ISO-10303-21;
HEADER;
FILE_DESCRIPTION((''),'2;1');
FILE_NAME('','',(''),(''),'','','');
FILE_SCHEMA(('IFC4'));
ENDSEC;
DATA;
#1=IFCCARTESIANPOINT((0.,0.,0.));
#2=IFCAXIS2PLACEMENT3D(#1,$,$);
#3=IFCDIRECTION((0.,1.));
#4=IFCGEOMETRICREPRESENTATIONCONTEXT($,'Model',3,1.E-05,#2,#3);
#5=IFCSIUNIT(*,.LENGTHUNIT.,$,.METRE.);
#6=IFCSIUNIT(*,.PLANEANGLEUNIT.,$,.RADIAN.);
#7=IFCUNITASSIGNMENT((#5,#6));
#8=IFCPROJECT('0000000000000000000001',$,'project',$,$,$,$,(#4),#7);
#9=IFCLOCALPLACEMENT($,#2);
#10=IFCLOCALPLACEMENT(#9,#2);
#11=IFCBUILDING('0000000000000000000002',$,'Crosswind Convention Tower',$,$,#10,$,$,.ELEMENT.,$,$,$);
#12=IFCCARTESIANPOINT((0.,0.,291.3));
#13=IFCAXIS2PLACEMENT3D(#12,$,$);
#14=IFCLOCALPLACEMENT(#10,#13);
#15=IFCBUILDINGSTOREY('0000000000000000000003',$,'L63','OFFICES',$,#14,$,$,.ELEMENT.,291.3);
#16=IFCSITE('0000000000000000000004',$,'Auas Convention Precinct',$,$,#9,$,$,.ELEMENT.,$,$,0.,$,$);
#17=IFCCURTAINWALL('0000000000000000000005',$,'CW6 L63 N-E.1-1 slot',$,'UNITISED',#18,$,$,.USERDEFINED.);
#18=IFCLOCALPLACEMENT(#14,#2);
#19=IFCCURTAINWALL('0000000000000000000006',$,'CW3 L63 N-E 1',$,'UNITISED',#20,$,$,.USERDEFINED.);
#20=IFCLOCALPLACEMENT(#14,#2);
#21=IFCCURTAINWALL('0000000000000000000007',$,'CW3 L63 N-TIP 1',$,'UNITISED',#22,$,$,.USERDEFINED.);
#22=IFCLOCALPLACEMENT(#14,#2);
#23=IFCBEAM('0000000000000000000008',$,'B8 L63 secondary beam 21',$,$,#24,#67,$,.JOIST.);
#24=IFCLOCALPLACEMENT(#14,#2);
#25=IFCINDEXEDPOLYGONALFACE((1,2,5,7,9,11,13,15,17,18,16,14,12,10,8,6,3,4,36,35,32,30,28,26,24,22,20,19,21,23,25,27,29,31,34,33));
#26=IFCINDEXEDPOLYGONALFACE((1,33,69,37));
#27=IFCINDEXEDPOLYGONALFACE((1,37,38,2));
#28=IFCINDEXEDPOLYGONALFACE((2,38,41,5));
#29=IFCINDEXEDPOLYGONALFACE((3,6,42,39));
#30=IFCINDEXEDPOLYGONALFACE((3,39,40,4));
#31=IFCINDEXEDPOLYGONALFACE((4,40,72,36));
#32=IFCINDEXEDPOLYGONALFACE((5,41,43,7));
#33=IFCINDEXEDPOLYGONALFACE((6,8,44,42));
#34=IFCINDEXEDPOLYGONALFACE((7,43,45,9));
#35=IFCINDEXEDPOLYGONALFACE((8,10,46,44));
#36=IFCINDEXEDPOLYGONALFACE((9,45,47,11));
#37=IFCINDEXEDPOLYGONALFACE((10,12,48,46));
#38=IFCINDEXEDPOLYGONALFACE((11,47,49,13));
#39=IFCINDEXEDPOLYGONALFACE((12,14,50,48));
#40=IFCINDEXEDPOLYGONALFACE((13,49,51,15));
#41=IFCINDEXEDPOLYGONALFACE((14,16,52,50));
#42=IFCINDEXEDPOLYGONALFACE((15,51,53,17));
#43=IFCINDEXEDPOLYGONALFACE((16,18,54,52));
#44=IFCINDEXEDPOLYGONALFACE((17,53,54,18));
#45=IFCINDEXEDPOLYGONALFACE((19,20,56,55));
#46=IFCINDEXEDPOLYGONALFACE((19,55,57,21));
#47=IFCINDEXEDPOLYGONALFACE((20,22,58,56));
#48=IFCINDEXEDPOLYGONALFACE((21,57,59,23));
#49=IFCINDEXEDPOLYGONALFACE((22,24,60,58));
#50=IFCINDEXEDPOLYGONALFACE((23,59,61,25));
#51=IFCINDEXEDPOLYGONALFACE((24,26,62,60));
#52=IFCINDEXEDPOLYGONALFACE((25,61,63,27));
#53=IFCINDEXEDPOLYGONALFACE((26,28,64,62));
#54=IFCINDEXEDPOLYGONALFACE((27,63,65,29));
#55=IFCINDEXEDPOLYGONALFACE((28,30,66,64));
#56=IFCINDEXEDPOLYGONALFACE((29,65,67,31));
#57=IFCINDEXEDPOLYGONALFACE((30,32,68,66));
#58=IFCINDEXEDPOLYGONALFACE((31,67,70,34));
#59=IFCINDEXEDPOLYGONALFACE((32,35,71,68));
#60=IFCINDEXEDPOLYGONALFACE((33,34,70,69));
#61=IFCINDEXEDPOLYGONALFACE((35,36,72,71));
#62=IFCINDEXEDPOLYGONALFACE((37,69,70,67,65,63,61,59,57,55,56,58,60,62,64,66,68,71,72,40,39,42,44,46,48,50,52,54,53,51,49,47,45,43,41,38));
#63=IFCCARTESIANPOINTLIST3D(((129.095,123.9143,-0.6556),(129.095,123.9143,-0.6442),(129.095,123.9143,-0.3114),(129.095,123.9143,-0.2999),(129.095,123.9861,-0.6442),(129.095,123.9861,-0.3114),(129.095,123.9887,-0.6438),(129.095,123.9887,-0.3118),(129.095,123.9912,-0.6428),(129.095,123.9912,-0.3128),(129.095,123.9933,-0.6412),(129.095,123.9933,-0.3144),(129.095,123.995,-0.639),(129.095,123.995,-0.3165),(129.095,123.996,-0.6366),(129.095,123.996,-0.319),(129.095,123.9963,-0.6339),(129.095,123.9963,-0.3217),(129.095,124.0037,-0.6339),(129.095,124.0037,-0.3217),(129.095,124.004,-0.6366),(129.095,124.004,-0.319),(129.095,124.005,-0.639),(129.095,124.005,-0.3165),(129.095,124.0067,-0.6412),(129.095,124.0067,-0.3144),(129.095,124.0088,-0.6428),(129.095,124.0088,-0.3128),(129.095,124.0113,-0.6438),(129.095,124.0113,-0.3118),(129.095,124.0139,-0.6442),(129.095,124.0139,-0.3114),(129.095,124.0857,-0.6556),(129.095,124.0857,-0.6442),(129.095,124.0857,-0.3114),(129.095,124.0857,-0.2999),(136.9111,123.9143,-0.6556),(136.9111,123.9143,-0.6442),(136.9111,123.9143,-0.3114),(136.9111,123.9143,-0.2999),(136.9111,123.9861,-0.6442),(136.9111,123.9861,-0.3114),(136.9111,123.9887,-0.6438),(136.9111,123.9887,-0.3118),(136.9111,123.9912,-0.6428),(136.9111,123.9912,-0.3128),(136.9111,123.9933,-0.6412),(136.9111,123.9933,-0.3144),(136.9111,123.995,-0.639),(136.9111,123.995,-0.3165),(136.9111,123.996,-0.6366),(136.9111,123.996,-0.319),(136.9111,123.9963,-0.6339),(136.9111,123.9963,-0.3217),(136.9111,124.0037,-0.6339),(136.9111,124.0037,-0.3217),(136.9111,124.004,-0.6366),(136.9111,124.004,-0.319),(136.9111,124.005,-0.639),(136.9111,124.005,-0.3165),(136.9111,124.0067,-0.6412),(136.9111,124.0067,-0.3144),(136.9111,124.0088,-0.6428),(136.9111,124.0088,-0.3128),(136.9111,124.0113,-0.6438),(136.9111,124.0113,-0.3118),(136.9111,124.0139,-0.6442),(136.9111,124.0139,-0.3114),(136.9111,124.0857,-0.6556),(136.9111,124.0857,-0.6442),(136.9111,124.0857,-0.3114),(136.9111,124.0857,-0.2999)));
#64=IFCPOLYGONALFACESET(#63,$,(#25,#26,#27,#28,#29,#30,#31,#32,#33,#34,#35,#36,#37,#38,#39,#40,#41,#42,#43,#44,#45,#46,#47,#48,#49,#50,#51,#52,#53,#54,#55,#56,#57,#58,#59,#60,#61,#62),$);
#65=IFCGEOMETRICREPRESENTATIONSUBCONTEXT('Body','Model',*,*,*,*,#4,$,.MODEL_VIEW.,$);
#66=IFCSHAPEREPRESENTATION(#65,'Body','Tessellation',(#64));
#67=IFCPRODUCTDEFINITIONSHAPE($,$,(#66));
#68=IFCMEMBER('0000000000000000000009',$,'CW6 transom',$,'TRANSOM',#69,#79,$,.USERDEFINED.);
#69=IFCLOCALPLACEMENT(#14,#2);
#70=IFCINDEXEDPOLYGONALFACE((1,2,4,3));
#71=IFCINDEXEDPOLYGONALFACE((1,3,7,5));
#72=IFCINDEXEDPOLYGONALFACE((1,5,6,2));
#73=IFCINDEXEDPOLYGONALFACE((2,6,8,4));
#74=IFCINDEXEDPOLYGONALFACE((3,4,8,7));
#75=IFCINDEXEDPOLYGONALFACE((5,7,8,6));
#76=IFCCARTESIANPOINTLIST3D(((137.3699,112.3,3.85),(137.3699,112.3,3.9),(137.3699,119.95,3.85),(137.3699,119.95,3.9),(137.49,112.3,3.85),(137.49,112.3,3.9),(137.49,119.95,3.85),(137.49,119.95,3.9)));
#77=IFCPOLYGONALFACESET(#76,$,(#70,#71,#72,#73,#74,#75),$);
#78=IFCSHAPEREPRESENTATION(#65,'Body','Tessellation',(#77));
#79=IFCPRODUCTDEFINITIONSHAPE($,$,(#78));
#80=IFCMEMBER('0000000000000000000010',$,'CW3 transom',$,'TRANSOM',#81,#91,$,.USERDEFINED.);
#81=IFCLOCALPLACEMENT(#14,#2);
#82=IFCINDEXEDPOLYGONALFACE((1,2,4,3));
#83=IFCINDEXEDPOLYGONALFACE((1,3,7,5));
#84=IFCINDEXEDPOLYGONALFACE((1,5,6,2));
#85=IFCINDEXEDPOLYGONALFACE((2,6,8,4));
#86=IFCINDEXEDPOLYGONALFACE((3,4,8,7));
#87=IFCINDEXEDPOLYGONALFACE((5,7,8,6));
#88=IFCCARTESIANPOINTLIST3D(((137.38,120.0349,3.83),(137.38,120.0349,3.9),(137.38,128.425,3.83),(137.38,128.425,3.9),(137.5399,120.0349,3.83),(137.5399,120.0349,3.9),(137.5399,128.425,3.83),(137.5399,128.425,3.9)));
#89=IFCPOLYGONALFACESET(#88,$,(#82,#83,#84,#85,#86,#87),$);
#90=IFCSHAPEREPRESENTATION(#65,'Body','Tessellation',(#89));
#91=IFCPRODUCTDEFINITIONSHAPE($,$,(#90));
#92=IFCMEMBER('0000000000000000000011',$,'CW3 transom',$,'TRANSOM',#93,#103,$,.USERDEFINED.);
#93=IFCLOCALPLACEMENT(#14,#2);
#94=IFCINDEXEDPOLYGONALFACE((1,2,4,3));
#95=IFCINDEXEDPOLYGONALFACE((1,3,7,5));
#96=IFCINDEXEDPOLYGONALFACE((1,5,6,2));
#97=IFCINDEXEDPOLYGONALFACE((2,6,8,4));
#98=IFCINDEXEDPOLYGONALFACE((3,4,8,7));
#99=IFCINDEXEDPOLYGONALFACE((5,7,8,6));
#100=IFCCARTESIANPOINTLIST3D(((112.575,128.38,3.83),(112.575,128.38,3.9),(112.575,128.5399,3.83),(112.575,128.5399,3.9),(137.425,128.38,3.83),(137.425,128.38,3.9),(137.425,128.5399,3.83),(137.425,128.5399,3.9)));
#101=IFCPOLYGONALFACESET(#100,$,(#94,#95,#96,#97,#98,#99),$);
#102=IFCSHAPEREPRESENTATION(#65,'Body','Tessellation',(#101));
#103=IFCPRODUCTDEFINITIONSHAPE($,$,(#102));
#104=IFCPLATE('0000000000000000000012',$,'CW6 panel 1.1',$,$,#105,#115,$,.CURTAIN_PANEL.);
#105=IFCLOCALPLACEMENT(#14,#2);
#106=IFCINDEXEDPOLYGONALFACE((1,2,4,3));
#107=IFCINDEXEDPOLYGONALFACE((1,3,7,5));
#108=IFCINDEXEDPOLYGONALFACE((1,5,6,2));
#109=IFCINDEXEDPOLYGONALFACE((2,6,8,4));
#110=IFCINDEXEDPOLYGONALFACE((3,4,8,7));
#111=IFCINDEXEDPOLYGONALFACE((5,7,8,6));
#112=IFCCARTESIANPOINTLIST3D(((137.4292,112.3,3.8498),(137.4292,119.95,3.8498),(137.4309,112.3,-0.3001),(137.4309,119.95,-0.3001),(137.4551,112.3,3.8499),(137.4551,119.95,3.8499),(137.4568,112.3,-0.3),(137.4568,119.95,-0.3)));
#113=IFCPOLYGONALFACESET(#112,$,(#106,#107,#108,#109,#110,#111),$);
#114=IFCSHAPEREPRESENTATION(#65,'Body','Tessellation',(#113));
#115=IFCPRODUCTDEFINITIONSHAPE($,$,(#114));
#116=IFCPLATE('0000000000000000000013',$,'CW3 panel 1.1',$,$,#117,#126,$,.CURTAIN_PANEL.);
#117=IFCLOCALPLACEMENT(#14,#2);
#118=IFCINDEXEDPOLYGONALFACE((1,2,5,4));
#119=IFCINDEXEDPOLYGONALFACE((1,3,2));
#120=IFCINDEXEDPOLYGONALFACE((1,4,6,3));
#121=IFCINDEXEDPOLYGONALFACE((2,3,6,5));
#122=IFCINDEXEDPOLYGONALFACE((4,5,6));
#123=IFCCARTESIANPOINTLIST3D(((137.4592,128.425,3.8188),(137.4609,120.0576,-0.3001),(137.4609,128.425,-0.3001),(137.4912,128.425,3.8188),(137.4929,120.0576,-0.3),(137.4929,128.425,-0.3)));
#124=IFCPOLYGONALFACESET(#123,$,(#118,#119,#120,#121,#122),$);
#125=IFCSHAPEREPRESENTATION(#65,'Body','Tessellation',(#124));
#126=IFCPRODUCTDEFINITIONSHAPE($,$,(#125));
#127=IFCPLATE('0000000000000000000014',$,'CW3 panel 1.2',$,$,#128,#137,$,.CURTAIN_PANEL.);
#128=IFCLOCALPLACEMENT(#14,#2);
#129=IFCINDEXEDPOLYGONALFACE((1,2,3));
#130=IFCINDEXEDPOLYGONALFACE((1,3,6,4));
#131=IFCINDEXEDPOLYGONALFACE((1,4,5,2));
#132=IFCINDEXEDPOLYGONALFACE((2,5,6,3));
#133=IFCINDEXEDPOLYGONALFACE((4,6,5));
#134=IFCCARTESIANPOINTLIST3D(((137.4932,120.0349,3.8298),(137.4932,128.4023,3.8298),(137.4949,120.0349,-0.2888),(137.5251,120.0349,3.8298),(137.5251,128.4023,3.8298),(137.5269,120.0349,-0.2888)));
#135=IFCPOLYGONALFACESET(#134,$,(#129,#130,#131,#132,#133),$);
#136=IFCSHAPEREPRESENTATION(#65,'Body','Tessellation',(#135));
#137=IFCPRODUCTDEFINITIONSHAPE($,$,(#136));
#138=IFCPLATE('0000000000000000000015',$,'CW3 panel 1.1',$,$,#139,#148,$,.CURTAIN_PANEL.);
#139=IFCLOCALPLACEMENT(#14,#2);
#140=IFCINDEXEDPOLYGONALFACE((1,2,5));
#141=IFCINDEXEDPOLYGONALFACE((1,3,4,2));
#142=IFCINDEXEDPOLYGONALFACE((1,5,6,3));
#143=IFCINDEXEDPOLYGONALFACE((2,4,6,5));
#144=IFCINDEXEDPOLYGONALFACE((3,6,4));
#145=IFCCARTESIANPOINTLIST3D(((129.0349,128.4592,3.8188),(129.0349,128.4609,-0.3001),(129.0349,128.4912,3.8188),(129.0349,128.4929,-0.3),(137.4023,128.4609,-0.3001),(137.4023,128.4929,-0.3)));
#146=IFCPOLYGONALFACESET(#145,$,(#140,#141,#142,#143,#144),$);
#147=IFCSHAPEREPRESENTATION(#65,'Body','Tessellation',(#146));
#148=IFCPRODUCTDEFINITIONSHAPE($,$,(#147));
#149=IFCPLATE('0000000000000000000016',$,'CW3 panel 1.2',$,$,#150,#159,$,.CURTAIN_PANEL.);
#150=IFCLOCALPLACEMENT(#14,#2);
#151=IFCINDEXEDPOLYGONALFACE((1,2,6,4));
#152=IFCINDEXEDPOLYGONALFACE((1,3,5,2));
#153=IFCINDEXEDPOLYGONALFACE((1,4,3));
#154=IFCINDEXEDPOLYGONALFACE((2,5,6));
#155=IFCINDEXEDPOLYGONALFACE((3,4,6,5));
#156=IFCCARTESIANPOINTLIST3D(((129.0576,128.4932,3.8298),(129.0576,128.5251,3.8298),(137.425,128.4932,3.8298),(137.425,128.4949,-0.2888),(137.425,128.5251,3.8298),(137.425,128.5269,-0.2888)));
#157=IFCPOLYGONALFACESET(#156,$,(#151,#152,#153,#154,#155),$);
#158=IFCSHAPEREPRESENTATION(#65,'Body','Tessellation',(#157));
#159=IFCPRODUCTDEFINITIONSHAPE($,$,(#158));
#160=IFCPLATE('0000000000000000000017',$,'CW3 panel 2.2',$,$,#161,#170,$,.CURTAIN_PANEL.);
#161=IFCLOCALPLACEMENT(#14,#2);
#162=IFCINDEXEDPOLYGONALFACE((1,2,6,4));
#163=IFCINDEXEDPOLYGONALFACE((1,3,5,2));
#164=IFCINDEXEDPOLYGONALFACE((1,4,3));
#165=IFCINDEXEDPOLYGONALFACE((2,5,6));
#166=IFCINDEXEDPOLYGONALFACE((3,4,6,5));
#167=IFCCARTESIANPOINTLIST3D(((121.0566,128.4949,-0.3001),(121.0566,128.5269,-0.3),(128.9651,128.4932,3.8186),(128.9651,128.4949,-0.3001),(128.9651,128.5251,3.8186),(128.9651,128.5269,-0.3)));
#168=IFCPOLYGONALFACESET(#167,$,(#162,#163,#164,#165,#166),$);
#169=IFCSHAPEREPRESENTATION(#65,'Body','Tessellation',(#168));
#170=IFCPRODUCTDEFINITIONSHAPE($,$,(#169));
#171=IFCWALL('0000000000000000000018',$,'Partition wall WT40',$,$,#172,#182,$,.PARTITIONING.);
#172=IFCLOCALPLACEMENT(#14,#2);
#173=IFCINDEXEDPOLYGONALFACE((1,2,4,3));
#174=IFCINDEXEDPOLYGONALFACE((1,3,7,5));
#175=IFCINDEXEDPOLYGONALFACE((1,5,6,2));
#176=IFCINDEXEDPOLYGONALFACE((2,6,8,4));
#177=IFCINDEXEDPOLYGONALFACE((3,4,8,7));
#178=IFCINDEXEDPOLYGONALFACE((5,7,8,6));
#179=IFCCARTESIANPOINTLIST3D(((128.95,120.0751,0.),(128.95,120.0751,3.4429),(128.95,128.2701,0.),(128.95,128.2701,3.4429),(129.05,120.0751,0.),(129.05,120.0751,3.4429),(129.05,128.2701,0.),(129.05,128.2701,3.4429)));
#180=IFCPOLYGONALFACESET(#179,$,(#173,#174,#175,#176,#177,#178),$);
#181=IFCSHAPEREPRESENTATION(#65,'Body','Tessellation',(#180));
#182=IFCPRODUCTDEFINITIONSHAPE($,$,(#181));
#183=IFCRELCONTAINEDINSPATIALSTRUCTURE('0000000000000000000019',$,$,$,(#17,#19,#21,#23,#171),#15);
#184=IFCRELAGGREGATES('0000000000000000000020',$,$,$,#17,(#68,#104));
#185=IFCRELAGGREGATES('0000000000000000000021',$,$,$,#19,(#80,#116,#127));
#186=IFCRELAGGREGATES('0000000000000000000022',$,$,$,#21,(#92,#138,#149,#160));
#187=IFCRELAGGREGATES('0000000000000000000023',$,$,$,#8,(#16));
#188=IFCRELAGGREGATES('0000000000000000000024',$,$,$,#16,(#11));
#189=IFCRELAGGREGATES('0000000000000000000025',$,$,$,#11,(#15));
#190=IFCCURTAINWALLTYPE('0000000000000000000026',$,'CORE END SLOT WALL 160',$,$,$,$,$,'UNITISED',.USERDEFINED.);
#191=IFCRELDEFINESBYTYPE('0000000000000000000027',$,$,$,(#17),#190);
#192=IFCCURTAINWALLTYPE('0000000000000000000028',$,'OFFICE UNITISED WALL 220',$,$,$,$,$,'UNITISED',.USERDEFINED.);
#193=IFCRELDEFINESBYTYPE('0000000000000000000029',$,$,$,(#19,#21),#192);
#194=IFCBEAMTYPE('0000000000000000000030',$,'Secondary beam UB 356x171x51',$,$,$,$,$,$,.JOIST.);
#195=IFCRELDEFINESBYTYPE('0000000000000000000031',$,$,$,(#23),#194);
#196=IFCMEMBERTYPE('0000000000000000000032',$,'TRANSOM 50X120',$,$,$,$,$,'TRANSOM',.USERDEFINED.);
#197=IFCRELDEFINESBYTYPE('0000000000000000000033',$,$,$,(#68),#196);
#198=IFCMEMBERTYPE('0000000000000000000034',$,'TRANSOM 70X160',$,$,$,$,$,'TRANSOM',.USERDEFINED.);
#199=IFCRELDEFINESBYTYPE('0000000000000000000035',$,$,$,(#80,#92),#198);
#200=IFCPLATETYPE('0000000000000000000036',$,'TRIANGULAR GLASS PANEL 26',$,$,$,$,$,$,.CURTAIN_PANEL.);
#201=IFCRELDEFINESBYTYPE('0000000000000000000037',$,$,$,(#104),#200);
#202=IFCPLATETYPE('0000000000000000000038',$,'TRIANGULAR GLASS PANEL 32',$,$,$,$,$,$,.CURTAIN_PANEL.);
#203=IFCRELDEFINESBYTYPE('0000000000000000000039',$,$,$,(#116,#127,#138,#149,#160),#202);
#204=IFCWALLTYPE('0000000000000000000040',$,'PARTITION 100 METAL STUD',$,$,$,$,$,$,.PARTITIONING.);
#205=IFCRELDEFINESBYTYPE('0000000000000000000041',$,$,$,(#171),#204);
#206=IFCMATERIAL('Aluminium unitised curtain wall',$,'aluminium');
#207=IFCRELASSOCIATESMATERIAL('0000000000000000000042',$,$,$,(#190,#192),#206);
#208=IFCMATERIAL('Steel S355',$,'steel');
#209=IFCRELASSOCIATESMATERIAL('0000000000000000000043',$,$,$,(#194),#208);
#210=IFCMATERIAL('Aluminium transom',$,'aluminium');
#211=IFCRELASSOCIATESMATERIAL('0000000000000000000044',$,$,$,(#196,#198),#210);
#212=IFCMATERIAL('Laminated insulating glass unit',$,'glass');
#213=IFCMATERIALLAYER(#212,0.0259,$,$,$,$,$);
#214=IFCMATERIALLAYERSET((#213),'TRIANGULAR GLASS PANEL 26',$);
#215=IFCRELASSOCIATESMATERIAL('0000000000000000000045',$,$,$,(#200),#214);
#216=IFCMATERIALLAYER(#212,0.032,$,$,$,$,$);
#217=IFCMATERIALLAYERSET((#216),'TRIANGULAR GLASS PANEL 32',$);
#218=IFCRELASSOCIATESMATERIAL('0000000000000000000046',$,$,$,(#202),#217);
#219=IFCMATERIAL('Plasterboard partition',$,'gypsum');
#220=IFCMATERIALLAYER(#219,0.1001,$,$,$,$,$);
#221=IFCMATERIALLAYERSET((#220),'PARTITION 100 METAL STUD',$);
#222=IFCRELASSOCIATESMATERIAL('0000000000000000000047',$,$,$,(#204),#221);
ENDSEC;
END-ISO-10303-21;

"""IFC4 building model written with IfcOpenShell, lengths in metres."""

from ifc_helpers import new_model, si_unit, direction, frame, frame_2d, origin, origin_2d, place, context, subcontext, project, spatial, polyline, rectangle, i_section, outline, extrude, material, layer, layer_set, material_profile, profile_set, type_object, element, aggregate, save


model = new_model("IFC4")

# Units and contexts
model_context = context("Model", 3, precision=1e-05, world=origin(), true_north=direction((0.0, 1.0)))
body_context = subcontext(model_context, "Body", "Model", "MODEL_VIEW")
ifc_project = project(units=[si_unit("LENGTHUNIT", "METRE"), si_unit("PLANEANGLEUNIT", "RADIAN")], contexts=[model_context])

# Site, building, storey
site_placement = place(None, origin())
site = spatial("IfcSite", under=ifc_project, at=site_placement, Name="Auas Convention Precinct", CompositionType="ELEMENT", RefElevation=0.0)
building_placement = place(site_placement, origin())
building = spatial("IfcBuilding", under=site, at=building_placement, Name="Crosswind Convention Tower", CompositionType="ELEMENT")
storey_placement = place(building_placement, frame((0.0, 0.0, 291.3)))
storey = spatial("IfcBuildingStorey", under=building, at=storey_placement, Name="L63", Description="OFFICES", CompositionType="ELEMENT", Elevation=291.3)

# Shared definitions
ifc_material_1 = material(Name="Steel S355", Category="steel")

# Curtain walls
ifc_material_2 = material(Name="Aluminium unitised curtain wall", Category="aluminium")
curtain_wall_type_1 = type_object("IfcCurtainWallType", Name="CORE END SLOT WALL 160", ElementType="UNITISED", PredefinedType="USERDEFINED", material=ifc_material_2)
curtain_wall_1_placement = place(storey_placement, origin())
curtain_wall_1 = element("IfcCurtainWall", 1, at=curtain_wall_1_placement, inside=storey, type_object=curtain_wall_type_1, Name="CW6 L63 N-E.1-1 slot", ObjectType="UNITISED", PredefinedType="USERDEFINED")
curtain_wall_type_2 = type_object("IfcCurtainWallType", Name="OFFICE UNITISED WALL 220", ElementType="UNITISED", PredefinedType="USERDEFINED", material=ifc_material_2)
curtain_wall_2_placement = place(storey_placement, origin())
curtain_wall_2 = element("IfcCurtainWall", 2, at=curtain_wall_2_placement, inside=storey, type_object=curtain_wall_type_2, Name="CW3 L63 N-E 1", ObjectType="UNITISED", PredefinedType="USERDEFINED")

# Curtain wall
curtain_wall_3_placement = place(storey_placement, origin())
curtain_wall_3 = element("IfcCurtainWall", 3, at=curtain_wall_3_placement, inside=storey, type_object=curtain_wall_type_2, Name="CW3 L63 N-TIP 1", ObjectType="UNITISED", PredefinedType="USERDEFINED")

# Beam
ifc_material_profile_1 = material_profile(ifc_material_1, i_section(OverallWidth=0.1714, OverallDepth=0.3557, WebThickness=0.0073, FlangeThickness=0.0115, FilletRadius=0.0103, at=origin_2d()), Name="UB 356x171x51")
ifc_profile_set_1 = profile_set([ifc_material_profile_1], Name="Steel S355")
beam_type_1 = type_object("IfcBeamType", Name="Secondary beam UB 356x171x51", PredefinedType="JOIST", material=ifc_profile_set_1)
for number, where, z_axis, x_axis, name in (
    (4, (129.095, 124.0, -0.4778), (1.0, 0.0, 0.0), (0.0, 1.0, 0.0), "B8 L63 secondary beam 21"),
):
    element("IfcBeam", number, at=place(storey_placement, frame(where, z_axis=z_axis, x_axis=x_axis)), inside=storey, type_object=beam_type_1, Name=name, PredefinedType="JOIST", context=body_context, shape_type="SweptSolid", body=[
        extrude(i_section(OverallWidth=0.1714, OverallDepth=0.3557, WebThickness=0.0073, FlangeThickness=0.0115, FilletRadius=0.0103, at=origin_2d()), origin(), (0.0, 0.0, 1.0), 7.8162),
    ])

# Members
ifc_material_3 = material(Name="Aluminium transom", Category="aluminium")
ifc_material_profile_2 = material_profile(ifc_material_3, rectangle(XDim=0.1201, YDim=0.05, at=origin_2d()), Name="AL 120X50")
ifc_profile_set_2 = profile_set([ifc_material_profile_2], Name="Aluminium transom")
member_type_1 = type_object("IfcMemberType", Name="TRANSOM 50X120", ElementType="TRANSOM", PredefinedType="USERDEFINED", material=ifc_profile_set_2)
member_1_placement = place(storey_placement, frame((137.4299, 112.3, 3.875), z_axis=(0.0, 1.0, 0.0), x_axis=(-1.0, 0.0, 0.0)))
member_1 = element("IfcMember", 5, at=member_1_placement, type_object=member_type_1, Name="CW6 transom", ObjectType="TRANSOM", PredefinedType="USERDEFINED", context=body_context, shape_type="SweptSolid", body=[
    extrude(rectangle(XDim=0.1201, YDim=0.05, at=origin_2d()), origin(), (0.0, 0.0, 1.0), 7.6499),
])
ifc_material_profile_3 = material_profile(ifc_material_3, rectangle(XDim=0.1599, YDim=0.0701, at=origin_2d()), Name="AL 160X70")
ifc_profile_set_3 = profile_set([ifc_material_profile_3], Name="Aluminium transom")
member_type_2 = type_object("IfcMemberType", Name="TRANSOM 70X160", ElementType="TRANSOM", PredefinedType="USERDEFINED", material=ifc_profile_set_3)
member_2_placement = place(storey_placement, frame((137.46, 120.0349, 3.865), z_axis=(0.0, 1.0, 0.0), x_axis=(-1.0, 0.0, 0.0)))
member_2 = element("IfcMember", 6, at=member_2_placement, type_object=member_type_2, Name="CW3 transom", ObjectType="TRANSOM", PredefinedType="USERDEFINED", context=body_context, shape_type="SweptSolid", body=[
    extrude(rectangle(XDim=0.1599, YDim=0.0701, at=origin_2d()), origin(), (0.0, 0.0, 1.0), 8.3901),
])
member_3_placement = place(storey_placement, frame((137.425, 128.46, 3.865), z_axis=(-1.0, 0.0, 0.0), x_axis=(0.0, -1.0, 0.0)))
member_3 = element("IfcMember", 7, at=member_3_placement, type_object=member_type_2, Name="CW3 transom", ObjectType="TRANSOM", PredefinedType="USERDEFINED", context=body_context, shape_type="SweptSolid", body=[
    extrude(rectangle(XDim=0.1599, YDim=0.0701, at=origin_2d()), origin(), (0.0, 0.0, 1.0), 24.8501),
])

# Plates
ifc_material_4 = material(Name="Laminated insulating glass unit", Category="glass")
ifc_layer_1 = layer(ifc_material_4, 0.0259)
ifc_layer_set_1 = layer_set([ifc_layer_1], Name="TRIANGULAR GLASS PANEL 26")
plate_type_1 = type_object("IfcPlateType", Name="TRIANGULAR GLASS PANEL 26", PredefinedType="CURTAIN_PANEL", material=ifc_layer_set_1)
plate_1_placement = place(storey_placement, frame((137.4568, 112.3, -0.3), z_axis=(1.0, 0.0, 0.000412), x_axis=(0.0, 1.0, 0.0)))
plate_1 = element("IfcPlate", 8, at=plate_1_placement, type_object=plate_type_1, Name="CW6 panel 1.1", PredefinedType="CURTAIN_PANEL", context=body_context, shape_type="SweptSolid", body=[
    extrude(outline(polyline([(0.0, 0.0), (7.6499, 0.0), (7.6499, 4.1499), (0.0, 4.1499), (0.0, 0.0)])), origin(), (0.0, 0.0, -1.0), 0.0259),
])
aggregate(curtain_wall_1, [member_1, plate_1])
ifc_layer_2 = layer(ifc_material_4, 0.032)
ifc_layer_set_2 = layer_set([ifc_layer_2], Name="TRIANGULAR GLASS PANEL 32")
plate_type_2 = type_object("IfcPlateType", Name="TRIANGULAR GLASS PANEL 32", PredefinedType="CURTAIN_PANEL", material=ifc_layer_set_2)
plate_2_placement = place(storey_placement, frame((137.4929, 128.425, -0.3), z_axis=(1.0, 0.0, 0.000415), x_axis=(-0.000415, 0.0, 1.0)))
plate_2 = element("IfcPlate", 9, at=plate_2_placement, type_object=plate_type_2, Name="CW3 panel 1.1", PredefinedType="CURTAIN_PANEL", context=body_context, shape_type="SweptSolid", body=[
    extrude(outline(polyline([(0.0, 0.0), (4.1189, 0.0), (0.0, 8.3674), (0.0, 0.0)])), origin(), (0.0, 0.0, -1.0), 0.032),
])
plate_3_placement = place(storey_placement, frame((137.5251, 120.0349, 3.8298), z_axis=(1.0, 0.0, 0.000415), x_axis=(0.000415, 0.0, -1.0)))
plate_3 = element("IfcPlate", 10, at=plate_3_placement, type_object=plate_type_2, Name="CW3 panel 1.2", PredefinedType="CURTAIN_PANEL", context=body_context, shape_type="SweptSolid", body=[
    extrude(outline(polyline([(0.0, 0.0), (4.1187, 0.0), (0.0, 8.3674), (0.0, 0.0)])), origin(), (0.0, 0.0, -1.0), 0.032),
])
plate_4_placement = place(storey_placement, frame((129.0349, 128.4929, -0.3), z_axis=(0.0, 1.0, 0.000415), x_axis=(0.0, -0.000415, 1.0)))
plate_4 = element("IfcPlate", 11, at=plate_4_placement, type_object=plate_type_2, Name="CW3 panel 1.1", PredefinedType="CURTAIN_PANEL", context=body_context, shape_type="SweptSolid", body=[
    extrude(outline(polyline([(0.0, 0.0), (4.1189, 0.0), (0.0, 8.3674), (0.0, 0.0)])), origin(), (0.0, 0.0, -1.0), 0.032),
])
plate_5_placement = place(storey_placement, frame((137.425, 128.5251, 3.8298), z_axis=(0.0, 1.0, 0.000415), x_axis=(0.0, 0.000415, -1.0)))
plate_5 = element("IfcPlate", 12, at=plate_5_placement, type_object=plate_type_2, Name="CW3 panel 1.2", PredefinedType="CURTAIN_PANEL", context=body_context, shape_type="SweptSolid", body=[
    extrude(outline(polyline([(0.0, 0.0), (4.1187, 0.0), (0.0, 8.3674), (0.0, 0.0)])), origin(), (0.0, 0.0, -1.0), 0.032),
])
plate_6_placement = place(storey_placement, frame((128.9651, 128.5269, -0.3), z_axis=(0.0, 1.0, 0.000415), x_axis=(-1.0, 0.0, 0.0)))
plate_6 = element("IfcPlate", 13, at=plate_6_placement, type_object=plate_type_2, Name="CW3 panel 2.2", PredefinedType="CURTAIN_PANEL", context=body_context, shape_type="SweptSolid", body=[
    extrude(outline(polyline([(0.0, 0.0), (7.9084, 0.0), (0.0, 4.1187), (0.0, 0.0)])), origin(), (0.0, 0.0, -1.0), 0.032),
])

# Wall
ifc_material_5 = material(Name="Plasterboard partition", Category="gypsum")
ifc_layer_3 = layer(ifc_material_5, 0.1001)
ifc_layer_set_3 = layer_set([ifc_layer_3], Name="PARTITION 100 METAL STUD")
wall_type_1 = type_object("IfcWallType", Name="PARTITION 100 METAL STUD", PredefinedType="PARTITIONING", material=ifc_layer_set_3)
wall_1_placement = place(storey_placement, frame((129.0, 120.075, 0.0), z_axis=(0.0, 0.0, 1.0), x_axis=(0.0, 1.0, 0.0)))
element("IfcWall", 14, at=wall_1_placement, inside=storey, type_object=wall_type_1, Name="Partition wall WT40", PredefinedType="PARTITIONING", context=body_context, shape_type="SweptSolid", body=[
    extrude(rectangle(XDim=8.1951, YDim=0.1001, at=frame_2d((4.0977, 0.0))), origin(), (0.0, 0.0, 1.0), 3.4429),
])

aggregate(curtain_wall_2, [member_2, plate_2, plate_3])
aggregate(curtain_wall_3, [member_3, plate_4, plate_5, plate_6])

save(model, "model.ifc")
